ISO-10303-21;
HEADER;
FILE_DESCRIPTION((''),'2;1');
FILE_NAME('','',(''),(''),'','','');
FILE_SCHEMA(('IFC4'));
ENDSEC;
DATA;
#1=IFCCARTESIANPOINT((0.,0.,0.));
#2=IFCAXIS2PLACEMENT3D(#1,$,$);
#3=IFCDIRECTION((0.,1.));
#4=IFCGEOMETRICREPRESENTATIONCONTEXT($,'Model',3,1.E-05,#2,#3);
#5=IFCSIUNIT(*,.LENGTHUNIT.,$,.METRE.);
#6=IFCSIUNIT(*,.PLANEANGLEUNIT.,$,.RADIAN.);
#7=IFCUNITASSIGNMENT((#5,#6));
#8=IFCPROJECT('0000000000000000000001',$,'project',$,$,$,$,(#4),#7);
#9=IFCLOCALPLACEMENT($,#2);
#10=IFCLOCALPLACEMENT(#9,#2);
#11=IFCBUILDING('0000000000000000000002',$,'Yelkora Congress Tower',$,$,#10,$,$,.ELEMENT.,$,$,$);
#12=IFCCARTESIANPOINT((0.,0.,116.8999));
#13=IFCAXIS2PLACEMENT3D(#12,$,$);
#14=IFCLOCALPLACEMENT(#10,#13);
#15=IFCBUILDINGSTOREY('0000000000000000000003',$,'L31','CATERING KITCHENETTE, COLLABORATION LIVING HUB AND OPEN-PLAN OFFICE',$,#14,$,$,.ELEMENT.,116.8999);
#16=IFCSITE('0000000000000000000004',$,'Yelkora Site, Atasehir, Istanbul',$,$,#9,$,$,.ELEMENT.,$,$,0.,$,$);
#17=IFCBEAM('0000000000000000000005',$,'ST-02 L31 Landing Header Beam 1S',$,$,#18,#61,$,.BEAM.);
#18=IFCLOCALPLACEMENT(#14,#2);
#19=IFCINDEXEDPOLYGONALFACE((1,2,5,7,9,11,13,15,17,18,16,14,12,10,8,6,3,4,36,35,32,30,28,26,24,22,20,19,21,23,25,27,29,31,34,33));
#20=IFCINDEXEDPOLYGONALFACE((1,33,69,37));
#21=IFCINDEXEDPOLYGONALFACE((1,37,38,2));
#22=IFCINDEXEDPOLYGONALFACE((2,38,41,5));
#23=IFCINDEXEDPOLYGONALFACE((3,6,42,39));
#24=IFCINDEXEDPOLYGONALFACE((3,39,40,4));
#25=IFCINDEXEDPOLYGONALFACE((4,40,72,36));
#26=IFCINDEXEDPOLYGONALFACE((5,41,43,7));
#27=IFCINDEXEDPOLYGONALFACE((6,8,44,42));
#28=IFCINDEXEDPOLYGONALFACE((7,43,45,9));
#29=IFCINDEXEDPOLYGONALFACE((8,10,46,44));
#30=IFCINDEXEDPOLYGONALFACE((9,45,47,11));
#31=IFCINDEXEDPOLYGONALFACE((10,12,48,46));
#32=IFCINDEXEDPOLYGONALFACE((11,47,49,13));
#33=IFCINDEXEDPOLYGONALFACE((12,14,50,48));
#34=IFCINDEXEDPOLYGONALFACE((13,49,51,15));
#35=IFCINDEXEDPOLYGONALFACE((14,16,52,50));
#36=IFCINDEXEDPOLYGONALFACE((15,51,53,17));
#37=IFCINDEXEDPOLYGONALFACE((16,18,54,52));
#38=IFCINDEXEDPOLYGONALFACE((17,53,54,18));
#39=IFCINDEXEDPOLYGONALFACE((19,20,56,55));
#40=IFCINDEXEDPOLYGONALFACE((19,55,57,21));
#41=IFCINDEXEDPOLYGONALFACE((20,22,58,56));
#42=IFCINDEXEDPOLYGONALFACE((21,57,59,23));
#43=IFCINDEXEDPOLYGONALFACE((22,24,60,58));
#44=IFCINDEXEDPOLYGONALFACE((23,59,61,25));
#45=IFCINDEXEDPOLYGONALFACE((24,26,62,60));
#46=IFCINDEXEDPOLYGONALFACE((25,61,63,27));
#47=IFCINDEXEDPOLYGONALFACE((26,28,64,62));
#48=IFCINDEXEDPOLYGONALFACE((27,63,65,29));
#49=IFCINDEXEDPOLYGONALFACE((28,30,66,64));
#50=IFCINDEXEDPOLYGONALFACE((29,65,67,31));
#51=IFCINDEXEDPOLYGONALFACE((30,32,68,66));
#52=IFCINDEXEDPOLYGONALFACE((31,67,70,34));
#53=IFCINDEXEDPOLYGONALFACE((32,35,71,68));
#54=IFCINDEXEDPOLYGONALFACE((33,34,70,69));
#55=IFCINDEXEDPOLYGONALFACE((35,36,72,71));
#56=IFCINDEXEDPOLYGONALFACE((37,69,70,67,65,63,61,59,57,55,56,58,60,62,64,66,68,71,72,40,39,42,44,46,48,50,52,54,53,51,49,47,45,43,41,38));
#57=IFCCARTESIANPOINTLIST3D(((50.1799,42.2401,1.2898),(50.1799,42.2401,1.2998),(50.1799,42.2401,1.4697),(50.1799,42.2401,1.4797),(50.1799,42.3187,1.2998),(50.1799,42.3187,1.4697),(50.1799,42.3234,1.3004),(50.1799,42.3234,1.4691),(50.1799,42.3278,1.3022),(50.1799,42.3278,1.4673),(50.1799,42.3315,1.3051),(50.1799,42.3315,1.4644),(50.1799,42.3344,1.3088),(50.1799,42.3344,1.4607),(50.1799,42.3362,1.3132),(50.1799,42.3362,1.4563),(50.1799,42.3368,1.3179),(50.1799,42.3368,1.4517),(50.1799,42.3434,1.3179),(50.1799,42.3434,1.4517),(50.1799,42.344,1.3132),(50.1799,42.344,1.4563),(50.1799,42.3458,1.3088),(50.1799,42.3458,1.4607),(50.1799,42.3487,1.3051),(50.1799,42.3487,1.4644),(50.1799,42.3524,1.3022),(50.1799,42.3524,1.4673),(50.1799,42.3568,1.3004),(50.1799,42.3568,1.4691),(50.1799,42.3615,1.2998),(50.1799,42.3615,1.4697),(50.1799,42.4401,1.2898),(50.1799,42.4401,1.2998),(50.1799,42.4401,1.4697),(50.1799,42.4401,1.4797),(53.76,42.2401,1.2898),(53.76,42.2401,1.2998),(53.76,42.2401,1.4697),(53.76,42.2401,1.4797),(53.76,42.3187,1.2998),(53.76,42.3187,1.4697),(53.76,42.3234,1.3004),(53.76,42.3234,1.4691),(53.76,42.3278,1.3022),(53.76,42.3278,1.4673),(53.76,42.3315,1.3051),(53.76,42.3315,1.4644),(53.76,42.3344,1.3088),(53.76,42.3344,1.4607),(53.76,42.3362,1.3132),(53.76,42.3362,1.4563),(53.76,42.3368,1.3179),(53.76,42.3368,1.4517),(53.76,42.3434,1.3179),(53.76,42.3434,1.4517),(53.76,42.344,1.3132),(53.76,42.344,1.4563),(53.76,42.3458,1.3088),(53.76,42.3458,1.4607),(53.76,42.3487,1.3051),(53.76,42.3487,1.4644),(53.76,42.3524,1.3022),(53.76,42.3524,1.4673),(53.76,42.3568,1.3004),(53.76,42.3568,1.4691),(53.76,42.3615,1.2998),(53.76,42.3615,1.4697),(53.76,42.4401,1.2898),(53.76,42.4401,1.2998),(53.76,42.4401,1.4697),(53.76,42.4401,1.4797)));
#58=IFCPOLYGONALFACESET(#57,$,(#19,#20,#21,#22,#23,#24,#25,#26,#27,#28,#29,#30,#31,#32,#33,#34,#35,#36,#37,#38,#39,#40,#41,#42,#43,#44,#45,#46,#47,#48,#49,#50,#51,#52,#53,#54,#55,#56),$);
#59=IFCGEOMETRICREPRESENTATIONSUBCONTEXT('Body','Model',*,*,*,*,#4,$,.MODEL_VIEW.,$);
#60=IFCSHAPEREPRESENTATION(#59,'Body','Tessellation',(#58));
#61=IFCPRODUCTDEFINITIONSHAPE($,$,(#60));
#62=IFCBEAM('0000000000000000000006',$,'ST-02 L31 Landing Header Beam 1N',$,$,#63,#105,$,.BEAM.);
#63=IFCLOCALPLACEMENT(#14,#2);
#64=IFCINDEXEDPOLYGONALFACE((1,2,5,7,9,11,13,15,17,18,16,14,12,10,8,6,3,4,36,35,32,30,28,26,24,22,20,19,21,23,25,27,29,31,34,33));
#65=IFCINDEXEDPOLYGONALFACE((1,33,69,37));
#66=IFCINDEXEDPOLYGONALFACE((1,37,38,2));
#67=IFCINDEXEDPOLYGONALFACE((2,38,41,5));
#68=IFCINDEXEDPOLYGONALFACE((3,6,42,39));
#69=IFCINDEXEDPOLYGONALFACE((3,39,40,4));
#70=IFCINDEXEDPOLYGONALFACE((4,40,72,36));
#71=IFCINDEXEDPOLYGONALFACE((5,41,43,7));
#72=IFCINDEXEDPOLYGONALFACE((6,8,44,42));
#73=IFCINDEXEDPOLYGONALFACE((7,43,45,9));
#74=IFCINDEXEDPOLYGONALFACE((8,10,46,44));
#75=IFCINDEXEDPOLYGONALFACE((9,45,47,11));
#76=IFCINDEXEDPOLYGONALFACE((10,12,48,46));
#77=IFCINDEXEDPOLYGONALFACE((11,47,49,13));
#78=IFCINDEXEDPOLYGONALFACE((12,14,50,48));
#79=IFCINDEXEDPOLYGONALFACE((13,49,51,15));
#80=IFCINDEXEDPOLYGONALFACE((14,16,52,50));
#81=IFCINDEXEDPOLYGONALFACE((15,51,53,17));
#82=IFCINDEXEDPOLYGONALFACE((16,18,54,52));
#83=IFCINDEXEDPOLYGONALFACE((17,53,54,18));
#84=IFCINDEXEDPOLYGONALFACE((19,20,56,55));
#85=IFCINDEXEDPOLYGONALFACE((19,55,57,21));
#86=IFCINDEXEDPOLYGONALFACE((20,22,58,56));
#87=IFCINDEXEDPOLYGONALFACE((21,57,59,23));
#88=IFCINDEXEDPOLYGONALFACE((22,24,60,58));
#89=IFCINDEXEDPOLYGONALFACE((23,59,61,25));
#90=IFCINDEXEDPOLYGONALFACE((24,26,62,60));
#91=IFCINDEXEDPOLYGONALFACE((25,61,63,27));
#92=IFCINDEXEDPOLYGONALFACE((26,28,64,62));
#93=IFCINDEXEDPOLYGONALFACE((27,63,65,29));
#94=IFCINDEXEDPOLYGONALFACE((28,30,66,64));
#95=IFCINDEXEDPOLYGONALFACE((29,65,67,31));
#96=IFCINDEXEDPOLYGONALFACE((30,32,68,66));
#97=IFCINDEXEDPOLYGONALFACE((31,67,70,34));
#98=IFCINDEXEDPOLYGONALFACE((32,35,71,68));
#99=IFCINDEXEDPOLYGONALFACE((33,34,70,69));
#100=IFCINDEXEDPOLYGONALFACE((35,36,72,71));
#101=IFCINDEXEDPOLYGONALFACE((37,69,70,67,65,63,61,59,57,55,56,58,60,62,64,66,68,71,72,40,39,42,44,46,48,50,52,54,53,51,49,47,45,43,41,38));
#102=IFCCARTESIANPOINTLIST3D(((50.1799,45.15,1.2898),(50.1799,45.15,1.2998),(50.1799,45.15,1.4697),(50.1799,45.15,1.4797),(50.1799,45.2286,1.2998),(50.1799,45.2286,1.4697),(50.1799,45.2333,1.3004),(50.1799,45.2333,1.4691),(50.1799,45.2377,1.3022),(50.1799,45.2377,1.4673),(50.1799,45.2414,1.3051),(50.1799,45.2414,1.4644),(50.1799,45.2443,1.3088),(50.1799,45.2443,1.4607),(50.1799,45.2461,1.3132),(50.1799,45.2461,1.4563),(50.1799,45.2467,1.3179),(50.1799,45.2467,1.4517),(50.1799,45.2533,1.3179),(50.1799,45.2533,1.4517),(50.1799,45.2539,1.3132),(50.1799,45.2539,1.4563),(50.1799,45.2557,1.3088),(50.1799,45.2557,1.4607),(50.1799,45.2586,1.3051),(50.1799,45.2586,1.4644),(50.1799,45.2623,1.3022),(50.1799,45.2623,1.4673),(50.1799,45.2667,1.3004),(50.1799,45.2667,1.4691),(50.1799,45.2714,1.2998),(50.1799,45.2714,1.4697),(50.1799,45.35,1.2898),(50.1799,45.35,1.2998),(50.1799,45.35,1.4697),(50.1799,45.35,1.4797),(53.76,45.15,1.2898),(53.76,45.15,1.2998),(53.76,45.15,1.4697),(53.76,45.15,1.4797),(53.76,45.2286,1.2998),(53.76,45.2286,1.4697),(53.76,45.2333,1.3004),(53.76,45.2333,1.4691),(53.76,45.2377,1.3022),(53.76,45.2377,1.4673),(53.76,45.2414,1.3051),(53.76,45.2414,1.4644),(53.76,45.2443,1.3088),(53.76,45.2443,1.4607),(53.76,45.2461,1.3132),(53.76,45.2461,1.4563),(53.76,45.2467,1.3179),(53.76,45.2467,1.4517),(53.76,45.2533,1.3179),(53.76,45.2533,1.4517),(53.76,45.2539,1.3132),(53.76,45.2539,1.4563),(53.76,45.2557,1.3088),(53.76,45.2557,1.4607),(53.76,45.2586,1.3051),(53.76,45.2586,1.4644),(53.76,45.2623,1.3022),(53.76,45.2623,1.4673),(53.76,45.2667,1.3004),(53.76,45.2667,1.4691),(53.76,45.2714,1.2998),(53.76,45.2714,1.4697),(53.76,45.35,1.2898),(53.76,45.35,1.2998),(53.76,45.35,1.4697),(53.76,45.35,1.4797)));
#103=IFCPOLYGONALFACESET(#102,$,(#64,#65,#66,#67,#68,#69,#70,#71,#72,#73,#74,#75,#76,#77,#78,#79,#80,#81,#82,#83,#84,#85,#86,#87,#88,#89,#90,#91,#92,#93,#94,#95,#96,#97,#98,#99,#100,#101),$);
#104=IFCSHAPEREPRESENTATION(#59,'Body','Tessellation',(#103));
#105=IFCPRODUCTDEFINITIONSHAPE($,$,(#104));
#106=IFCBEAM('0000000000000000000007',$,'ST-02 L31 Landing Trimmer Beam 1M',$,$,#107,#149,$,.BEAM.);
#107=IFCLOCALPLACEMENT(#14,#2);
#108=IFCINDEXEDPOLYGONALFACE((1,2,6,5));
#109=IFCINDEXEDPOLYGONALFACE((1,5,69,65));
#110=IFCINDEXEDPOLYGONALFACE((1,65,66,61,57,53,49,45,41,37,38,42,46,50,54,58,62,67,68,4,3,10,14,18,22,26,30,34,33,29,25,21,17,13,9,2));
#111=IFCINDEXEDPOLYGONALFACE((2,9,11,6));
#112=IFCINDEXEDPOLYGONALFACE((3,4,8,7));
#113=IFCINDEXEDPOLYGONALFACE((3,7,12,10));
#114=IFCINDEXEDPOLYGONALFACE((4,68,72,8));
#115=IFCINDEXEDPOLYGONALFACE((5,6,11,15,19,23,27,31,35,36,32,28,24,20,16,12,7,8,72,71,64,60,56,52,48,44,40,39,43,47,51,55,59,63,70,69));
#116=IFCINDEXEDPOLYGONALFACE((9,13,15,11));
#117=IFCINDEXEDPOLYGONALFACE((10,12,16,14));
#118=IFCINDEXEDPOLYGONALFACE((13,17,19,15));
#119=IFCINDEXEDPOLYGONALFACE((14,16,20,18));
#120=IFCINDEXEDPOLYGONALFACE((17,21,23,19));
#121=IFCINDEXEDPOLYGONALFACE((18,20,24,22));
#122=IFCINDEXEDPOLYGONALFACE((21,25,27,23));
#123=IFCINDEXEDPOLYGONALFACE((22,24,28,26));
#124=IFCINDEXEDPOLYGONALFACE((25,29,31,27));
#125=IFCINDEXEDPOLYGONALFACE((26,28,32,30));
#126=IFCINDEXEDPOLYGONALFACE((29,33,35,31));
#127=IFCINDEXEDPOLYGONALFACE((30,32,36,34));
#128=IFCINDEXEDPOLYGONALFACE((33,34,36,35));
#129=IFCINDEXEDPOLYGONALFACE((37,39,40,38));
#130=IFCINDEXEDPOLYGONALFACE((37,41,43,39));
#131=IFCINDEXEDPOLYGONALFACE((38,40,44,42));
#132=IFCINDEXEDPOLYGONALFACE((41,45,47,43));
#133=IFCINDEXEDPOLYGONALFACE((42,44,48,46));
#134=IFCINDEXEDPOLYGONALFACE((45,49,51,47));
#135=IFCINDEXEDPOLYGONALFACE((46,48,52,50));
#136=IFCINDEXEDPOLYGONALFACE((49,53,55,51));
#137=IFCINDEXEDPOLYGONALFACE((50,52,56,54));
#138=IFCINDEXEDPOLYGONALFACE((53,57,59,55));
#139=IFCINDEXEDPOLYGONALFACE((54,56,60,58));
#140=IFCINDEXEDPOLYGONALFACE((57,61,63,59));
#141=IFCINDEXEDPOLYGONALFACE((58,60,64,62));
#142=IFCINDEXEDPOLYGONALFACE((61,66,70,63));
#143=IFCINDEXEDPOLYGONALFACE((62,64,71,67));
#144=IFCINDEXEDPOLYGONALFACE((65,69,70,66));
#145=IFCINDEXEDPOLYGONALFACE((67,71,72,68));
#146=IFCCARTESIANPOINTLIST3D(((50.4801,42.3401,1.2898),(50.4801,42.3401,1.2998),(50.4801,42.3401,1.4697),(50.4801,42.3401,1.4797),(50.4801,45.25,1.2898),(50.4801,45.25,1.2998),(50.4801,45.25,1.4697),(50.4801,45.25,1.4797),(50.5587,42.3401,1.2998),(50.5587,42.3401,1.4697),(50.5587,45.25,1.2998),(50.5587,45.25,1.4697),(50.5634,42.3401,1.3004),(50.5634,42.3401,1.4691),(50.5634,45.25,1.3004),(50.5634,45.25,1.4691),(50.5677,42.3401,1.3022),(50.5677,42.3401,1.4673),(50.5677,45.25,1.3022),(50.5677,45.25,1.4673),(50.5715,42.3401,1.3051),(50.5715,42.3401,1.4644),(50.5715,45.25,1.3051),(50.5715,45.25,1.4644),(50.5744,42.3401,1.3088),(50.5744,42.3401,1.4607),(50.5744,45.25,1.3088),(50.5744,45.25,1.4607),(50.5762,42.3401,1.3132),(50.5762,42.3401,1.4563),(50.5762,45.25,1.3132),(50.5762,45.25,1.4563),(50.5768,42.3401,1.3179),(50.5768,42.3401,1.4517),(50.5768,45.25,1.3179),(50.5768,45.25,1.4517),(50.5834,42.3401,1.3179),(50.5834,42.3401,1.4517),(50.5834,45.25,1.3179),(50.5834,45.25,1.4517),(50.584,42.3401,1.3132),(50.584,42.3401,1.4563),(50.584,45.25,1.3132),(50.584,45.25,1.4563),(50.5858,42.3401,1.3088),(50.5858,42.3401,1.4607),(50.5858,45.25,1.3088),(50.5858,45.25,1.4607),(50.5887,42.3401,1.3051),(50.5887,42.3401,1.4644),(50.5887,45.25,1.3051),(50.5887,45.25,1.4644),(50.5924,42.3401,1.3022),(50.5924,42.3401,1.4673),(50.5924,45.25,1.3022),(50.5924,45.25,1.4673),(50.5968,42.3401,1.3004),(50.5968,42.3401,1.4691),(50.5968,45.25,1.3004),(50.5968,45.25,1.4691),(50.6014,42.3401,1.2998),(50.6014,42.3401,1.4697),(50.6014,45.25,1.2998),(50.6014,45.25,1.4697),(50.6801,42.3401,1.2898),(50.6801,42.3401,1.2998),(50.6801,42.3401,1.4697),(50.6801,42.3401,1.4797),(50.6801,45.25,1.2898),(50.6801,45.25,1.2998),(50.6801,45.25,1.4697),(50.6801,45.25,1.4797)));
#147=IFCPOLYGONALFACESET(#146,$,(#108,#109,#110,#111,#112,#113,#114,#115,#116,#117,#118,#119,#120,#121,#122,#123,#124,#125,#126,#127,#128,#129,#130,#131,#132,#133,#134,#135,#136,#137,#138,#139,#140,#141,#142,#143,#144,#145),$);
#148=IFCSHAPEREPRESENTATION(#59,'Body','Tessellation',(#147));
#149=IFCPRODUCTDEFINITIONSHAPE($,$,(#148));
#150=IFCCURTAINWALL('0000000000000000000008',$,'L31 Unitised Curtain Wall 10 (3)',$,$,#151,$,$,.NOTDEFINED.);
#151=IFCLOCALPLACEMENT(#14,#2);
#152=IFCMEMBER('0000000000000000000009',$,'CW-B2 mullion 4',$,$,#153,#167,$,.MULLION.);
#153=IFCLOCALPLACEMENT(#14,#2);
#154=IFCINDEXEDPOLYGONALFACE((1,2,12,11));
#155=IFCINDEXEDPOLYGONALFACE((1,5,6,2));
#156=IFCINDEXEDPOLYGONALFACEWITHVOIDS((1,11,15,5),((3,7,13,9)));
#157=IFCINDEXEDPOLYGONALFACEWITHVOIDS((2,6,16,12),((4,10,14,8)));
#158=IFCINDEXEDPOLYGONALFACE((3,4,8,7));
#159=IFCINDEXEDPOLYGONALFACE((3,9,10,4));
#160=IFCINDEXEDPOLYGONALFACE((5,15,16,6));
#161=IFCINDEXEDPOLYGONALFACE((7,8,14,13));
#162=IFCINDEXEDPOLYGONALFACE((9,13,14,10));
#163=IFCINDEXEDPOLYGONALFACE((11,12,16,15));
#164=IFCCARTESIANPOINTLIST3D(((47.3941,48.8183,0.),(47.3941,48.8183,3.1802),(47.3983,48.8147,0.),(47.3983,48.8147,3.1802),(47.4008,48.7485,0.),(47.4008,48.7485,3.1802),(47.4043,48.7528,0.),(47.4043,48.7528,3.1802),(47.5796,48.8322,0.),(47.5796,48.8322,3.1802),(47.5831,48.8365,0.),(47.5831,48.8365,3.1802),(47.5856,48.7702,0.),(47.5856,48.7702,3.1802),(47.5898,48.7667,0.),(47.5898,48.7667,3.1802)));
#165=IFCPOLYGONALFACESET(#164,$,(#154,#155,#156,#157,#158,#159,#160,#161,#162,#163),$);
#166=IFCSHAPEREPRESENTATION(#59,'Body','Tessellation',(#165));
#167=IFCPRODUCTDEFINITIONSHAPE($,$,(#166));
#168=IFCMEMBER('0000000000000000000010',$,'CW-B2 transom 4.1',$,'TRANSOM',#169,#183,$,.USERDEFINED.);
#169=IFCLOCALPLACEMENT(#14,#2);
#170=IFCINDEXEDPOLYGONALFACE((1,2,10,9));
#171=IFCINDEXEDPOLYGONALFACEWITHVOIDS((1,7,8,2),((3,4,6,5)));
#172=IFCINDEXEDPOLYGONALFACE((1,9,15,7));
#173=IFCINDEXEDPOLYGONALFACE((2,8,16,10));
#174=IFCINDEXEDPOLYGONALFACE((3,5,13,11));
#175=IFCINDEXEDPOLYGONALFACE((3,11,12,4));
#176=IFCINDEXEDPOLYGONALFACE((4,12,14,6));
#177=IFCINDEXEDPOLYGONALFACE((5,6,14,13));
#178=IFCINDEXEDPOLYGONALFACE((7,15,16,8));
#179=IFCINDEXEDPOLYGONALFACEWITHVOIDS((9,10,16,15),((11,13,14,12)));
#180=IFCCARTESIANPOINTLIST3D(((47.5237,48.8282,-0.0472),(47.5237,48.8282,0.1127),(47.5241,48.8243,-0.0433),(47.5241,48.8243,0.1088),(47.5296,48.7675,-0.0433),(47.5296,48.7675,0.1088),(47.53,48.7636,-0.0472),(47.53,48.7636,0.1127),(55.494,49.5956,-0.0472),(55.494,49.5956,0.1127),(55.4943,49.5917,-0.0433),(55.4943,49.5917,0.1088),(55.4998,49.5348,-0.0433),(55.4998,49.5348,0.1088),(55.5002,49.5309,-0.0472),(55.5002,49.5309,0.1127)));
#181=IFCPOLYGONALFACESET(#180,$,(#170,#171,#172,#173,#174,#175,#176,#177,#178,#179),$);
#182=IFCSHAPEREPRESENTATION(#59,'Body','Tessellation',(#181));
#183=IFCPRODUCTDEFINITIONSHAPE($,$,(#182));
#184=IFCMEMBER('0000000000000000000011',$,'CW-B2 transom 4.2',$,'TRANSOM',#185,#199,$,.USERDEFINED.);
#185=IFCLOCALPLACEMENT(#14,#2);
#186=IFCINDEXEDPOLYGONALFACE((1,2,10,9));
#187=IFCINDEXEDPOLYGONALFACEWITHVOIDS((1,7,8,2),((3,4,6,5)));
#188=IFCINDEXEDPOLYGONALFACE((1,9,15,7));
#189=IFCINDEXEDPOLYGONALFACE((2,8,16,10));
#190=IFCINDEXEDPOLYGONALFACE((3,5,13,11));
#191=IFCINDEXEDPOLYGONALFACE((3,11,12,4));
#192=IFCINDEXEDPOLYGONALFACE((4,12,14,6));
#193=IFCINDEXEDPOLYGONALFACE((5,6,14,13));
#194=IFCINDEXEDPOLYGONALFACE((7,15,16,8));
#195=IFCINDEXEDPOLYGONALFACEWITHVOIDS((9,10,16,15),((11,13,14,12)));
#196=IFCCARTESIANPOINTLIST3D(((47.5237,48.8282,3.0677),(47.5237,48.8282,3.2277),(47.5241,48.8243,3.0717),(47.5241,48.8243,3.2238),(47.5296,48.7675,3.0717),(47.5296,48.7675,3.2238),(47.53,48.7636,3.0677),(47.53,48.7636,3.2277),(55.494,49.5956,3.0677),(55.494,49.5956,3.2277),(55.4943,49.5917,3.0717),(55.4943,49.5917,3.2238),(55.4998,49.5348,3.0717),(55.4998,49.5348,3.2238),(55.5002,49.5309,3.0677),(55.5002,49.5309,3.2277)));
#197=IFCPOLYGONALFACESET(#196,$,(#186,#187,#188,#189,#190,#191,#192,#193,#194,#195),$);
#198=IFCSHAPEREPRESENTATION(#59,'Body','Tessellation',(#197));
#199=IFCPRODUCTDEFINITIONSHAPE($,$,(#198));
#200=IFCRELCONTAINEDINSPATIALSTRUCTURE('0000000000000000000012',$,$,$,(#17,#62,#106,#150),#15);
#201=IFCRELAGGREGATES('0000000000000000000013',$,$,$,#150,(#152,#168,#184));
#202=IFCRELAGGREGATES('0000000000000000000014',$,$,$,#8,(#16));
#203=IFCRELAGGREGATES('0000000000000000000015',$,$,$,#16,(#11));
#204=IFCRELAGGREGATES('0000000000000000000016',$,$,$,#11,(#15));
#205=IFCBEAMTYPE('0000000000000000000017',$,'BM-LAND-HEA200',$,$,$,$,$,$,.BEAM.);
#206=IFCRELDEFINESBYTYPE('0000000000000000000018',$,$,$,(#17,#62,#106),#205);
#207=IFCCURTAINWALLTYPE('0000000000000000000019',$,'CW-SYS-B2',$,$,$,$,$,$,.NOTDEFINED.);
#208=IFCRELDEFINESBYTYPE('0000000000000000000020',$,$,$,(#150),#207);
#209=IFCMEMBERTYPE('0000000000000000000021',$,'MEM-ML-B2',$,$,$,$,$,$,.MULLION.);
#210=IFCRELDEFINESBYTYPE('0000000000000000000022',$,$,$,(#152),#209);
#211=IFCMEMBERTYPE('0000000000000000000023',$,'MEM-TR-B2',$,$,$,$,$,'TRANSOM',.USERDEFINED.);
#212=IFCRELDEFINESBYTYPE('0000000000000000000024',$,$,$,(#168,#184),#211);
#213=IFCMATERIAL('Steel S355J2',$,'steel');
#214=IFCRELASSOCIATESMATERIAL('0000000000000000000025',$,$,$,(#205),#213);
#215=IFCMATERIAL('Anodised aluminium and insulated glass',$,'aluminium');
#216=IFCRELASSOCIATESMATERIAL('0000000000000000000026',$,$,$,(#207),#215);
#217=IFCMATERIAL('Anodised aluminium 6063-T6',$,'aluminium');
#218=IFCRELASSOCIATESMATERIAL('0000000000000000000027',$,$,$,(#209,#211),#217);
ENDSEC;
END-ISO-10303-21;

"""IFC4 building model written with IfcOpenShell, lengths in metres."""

from ifc_helpers import new_model, si_unit, direction, frame, origin, origin_2d, place, context, subcontext, project, spatial, hollow_rectangle, i_section, extrude, material, material_profile, profile_set, type_object, element, aggregate, save


model = new_model("IFC4")

# Units and contexts
model_context = context("Model", 3, precision=1e-05, world=origin(), true_north=direction((0.0, 1.0)))
body_context = subcontext(model_context, "Body", "Model", "MODEL_VIEW")
ifc_project = project(units=[si_unit("LENGTHUNIT", "METRE"), si_unit("PLANEANGLEUNIT", "RADIAN")], contexts=[model_context])

# Site, building, storey
site_placement = place(None, origin())
site = spatial("IfcSite", under=ifc_project, at=site_placement, Name="Yelkora Site, Atasehir, Istanbul", CompositionType="ELEMENT", RefElevation=0.0)
building_placement = place(site_placement, origin())
building = spatial("IfcBuilding", under=site, at=building_placement, Name="Yelkora Congress Tower", CompositionType="ELEMENT")
storey_placement = place(building_placement, frame((0.0, 0.0, 116.8999)))
storey = spatial("IfcBuildingStorey", under=building, at=storey_placement, Name="L31", Description="CATERING KITCHENETTE, COLLABORATION LIVING HUB AND OPEN-PLAN OFFICE", CompositionType="ELEMENT", Elevation=116.8999)

# Beams
ifc_material_1 = material(Name="Steel S355J2", Category="steel")
ifc_material_profile_1 = material_profile(ifc_material_1, i_section(OverallWidth=0.2, OverallDepth=0.1899, WebThickness=0.0066, FlangeThickness=0.01, FilletRadius=0.0181, at=origin_2d()), Name="HEA 200")
ifc_profile_set_1 = profile_set([ifc_material_profile_1], Name="Steel S355J2")
beam_type_1 = type_object("IfcBeamType", Name="BM-LAND-HEA200", PredefinedType="BEAM", material=ifc_profile_set_1)
for number, where, z_axis, x_axis, name in (
    (1, (50.1799, 42.3401, 1.3848), (1.0, 0.0, 0.0), (0.0, 1.0, 0.0), "ST-02 L31 Landing Header Beam 1S"),
    (2, (50.1799, 45.25, 1.3848), (1.0, 0.0, 0.0), (0.0, 1.0, 0.0), "ST-02 L31 Landing Header Beam 1N"),
):
    element("IfcBeam", number, at=place(storey_placement, frame(where, z_axis=z_axis, x_axis=x_axis)), inside=storey, type_object=beam_type_1, Name=name, PredefinedType="BEAM", context=body_context, shape_type="SweptSolid", body=[
        extrude(i_section(OverallWidth=0.2, OverallDepth=0.1899, WebThickness=0.0066, FlangeThickness=0.01, FilletRadius=0.0181, at=origin_2d()), origin(), (0.0, 0.0, 1.0), 3.5801),
    ])
beam_1_placement = place(storey_placement, frame((50.5801, 42.3401, 1.3848), z_axis=(0.0, 1.0, 0.0), x_axis=(-1.0, 0.0, 0.0)))
element("IfcBeam", 3, at=beam_1_placement, inside=storey, type_object=beam_type_1, Name="ST-02 L31 Landing Trimmer Beam 1M", PredefinedType="BEAM", context=body_context, shape_type="SweptSolid", body=[
    extrude(i_section(OverallWidth=0.2, OverallDepth=0.1899, WebThickness=0.0066, FlangeThickness=0.01, FilletRadius=0.0181, at=origin_2d()), origin(), (0.0, 0.0, 1.0), 2.9099),
])

# Curtain wall, members
ifc_material_2 = material(Name="Anodised aluminium and insulated glass", Category="aluminium")
curtain_wall_type = type_object("IfcCurtainWallType", Name="CW-SYS-B2", PredefinedType="NOTDEFINED", material=ifc_material_2)
curtain_wall_placement = place(storey_placement, origin())
curtain_wall = element("IfcCurtainWall", 4, at=curtain_wall_placement, inside=storey, type_object=curtain_wall_type, Name="L31 Unitised Curtain Wall 10 (3)", PredefinedType="NOTDEFINED")
ifc_material_3 = material(Name="Anodised aluminium 6063-T6", Category="aluminium")
ifc_material_profile_2 = material_profile(ifc_material_3, hollow_rectangle(XDim=0.0701, YDim=0.1899, WallThickness=0.0039, at=origin_2d()), Name="ALU 70x190x4")
ifc_profile_set_2 = profile_set([ifc_material_profile_2], Name="Anodised aluminium 6063-T6")
member_type_1 = type_object("IfcMemberType", Name="MEM-ML-B2", PredefinedType="MULLION", material=ifc_profile_set_2)
member_1_placement = place(storey_placement, frame((47.4919, 48.7925, 0.0), z_axis=(0.0, 0.0, 1.0), x_axis=(-0.095844, 0.995396, 0.0)))
member_1 = element("IfcMember", 5, at=member_1_placement, type_object=member_type_1, Name="CW-B2 mullion 4", PredefinedType="MULLION", context=body_context, shape_type="SweptSolid", body=[
    extrude(hollow_rectangle(XDim=0.0701, YDim=0.1899, WallThickness=0.0039, at=origin_2d()), origin(), (0.0, 0.0, 1.0), 3.1802),
])
ifc_material_profile_3 = material_profile(ifc_material_3, hollow_rectangle(XDim=0.0649, YDim=0.1599, WallThickness=0.0039, at=origin_2d()), Name="ALU 65x160x4")
ifc_profile_set_3 = profile_set([ifc_material_profile_3], Name="Anodised aluminium 6063-T6")
member_type_2 = type_object("IfcMemberType", Name="MEM-TR-B2", ElementType="TRANSOM", PredefinedType="USERDEFINED", material=ifc_profile_set_3)
member_2_placement = place(storey_placement, frame((47.5269, 48.7959, 0.0327), z_axis=(0.995398, 0.095832, 0.0), x_axis=(-0.095832, 0.995398, 0.0)))
member_2 = element("IfcMember", 6, at=member_2_placement, type_object=member_type_2, Name="CW-B2 transom 4.1", ObjectType="TRANSOM", PredefinedType="USERDEFINED", context=body_context, shape_type="SweptSolid", body=[
    extrude(hollow_rectangle(XDim=0.0649, YDim=0.1599, WallThickness=0.0039, at=origin_2d()), origin(), (0.0, 0.0, 1.0), 8.0071),
])
member_3_placement = place(storey_placement, frame((47.5269, 48.7959, 3.1477), z_axis=(0.995398, 0.095832, 0.0), x_axis=(-0.095832, 0.995398, 0.0)))
member_3 = element("IfcMember", 7, at=member_3_placement, type_object=member_type_2, Name="CW-B2 transom 4.2", ObjectType="TRANSOM", PredefinedType="USERDEFINED", context=body_context, shape_type="SweptSolid", body=[
    extrude(hollow_rectangle(XDim=0.0649, YDim=0.1599, WallThickness=0.0039, at=origin_2d()), origin(), (0.0, 0.0, 1.0), 8.0071),
])
aggregate(curtain_wall, [member_1, member_2, member_3])

save(model, "model.ifc")
